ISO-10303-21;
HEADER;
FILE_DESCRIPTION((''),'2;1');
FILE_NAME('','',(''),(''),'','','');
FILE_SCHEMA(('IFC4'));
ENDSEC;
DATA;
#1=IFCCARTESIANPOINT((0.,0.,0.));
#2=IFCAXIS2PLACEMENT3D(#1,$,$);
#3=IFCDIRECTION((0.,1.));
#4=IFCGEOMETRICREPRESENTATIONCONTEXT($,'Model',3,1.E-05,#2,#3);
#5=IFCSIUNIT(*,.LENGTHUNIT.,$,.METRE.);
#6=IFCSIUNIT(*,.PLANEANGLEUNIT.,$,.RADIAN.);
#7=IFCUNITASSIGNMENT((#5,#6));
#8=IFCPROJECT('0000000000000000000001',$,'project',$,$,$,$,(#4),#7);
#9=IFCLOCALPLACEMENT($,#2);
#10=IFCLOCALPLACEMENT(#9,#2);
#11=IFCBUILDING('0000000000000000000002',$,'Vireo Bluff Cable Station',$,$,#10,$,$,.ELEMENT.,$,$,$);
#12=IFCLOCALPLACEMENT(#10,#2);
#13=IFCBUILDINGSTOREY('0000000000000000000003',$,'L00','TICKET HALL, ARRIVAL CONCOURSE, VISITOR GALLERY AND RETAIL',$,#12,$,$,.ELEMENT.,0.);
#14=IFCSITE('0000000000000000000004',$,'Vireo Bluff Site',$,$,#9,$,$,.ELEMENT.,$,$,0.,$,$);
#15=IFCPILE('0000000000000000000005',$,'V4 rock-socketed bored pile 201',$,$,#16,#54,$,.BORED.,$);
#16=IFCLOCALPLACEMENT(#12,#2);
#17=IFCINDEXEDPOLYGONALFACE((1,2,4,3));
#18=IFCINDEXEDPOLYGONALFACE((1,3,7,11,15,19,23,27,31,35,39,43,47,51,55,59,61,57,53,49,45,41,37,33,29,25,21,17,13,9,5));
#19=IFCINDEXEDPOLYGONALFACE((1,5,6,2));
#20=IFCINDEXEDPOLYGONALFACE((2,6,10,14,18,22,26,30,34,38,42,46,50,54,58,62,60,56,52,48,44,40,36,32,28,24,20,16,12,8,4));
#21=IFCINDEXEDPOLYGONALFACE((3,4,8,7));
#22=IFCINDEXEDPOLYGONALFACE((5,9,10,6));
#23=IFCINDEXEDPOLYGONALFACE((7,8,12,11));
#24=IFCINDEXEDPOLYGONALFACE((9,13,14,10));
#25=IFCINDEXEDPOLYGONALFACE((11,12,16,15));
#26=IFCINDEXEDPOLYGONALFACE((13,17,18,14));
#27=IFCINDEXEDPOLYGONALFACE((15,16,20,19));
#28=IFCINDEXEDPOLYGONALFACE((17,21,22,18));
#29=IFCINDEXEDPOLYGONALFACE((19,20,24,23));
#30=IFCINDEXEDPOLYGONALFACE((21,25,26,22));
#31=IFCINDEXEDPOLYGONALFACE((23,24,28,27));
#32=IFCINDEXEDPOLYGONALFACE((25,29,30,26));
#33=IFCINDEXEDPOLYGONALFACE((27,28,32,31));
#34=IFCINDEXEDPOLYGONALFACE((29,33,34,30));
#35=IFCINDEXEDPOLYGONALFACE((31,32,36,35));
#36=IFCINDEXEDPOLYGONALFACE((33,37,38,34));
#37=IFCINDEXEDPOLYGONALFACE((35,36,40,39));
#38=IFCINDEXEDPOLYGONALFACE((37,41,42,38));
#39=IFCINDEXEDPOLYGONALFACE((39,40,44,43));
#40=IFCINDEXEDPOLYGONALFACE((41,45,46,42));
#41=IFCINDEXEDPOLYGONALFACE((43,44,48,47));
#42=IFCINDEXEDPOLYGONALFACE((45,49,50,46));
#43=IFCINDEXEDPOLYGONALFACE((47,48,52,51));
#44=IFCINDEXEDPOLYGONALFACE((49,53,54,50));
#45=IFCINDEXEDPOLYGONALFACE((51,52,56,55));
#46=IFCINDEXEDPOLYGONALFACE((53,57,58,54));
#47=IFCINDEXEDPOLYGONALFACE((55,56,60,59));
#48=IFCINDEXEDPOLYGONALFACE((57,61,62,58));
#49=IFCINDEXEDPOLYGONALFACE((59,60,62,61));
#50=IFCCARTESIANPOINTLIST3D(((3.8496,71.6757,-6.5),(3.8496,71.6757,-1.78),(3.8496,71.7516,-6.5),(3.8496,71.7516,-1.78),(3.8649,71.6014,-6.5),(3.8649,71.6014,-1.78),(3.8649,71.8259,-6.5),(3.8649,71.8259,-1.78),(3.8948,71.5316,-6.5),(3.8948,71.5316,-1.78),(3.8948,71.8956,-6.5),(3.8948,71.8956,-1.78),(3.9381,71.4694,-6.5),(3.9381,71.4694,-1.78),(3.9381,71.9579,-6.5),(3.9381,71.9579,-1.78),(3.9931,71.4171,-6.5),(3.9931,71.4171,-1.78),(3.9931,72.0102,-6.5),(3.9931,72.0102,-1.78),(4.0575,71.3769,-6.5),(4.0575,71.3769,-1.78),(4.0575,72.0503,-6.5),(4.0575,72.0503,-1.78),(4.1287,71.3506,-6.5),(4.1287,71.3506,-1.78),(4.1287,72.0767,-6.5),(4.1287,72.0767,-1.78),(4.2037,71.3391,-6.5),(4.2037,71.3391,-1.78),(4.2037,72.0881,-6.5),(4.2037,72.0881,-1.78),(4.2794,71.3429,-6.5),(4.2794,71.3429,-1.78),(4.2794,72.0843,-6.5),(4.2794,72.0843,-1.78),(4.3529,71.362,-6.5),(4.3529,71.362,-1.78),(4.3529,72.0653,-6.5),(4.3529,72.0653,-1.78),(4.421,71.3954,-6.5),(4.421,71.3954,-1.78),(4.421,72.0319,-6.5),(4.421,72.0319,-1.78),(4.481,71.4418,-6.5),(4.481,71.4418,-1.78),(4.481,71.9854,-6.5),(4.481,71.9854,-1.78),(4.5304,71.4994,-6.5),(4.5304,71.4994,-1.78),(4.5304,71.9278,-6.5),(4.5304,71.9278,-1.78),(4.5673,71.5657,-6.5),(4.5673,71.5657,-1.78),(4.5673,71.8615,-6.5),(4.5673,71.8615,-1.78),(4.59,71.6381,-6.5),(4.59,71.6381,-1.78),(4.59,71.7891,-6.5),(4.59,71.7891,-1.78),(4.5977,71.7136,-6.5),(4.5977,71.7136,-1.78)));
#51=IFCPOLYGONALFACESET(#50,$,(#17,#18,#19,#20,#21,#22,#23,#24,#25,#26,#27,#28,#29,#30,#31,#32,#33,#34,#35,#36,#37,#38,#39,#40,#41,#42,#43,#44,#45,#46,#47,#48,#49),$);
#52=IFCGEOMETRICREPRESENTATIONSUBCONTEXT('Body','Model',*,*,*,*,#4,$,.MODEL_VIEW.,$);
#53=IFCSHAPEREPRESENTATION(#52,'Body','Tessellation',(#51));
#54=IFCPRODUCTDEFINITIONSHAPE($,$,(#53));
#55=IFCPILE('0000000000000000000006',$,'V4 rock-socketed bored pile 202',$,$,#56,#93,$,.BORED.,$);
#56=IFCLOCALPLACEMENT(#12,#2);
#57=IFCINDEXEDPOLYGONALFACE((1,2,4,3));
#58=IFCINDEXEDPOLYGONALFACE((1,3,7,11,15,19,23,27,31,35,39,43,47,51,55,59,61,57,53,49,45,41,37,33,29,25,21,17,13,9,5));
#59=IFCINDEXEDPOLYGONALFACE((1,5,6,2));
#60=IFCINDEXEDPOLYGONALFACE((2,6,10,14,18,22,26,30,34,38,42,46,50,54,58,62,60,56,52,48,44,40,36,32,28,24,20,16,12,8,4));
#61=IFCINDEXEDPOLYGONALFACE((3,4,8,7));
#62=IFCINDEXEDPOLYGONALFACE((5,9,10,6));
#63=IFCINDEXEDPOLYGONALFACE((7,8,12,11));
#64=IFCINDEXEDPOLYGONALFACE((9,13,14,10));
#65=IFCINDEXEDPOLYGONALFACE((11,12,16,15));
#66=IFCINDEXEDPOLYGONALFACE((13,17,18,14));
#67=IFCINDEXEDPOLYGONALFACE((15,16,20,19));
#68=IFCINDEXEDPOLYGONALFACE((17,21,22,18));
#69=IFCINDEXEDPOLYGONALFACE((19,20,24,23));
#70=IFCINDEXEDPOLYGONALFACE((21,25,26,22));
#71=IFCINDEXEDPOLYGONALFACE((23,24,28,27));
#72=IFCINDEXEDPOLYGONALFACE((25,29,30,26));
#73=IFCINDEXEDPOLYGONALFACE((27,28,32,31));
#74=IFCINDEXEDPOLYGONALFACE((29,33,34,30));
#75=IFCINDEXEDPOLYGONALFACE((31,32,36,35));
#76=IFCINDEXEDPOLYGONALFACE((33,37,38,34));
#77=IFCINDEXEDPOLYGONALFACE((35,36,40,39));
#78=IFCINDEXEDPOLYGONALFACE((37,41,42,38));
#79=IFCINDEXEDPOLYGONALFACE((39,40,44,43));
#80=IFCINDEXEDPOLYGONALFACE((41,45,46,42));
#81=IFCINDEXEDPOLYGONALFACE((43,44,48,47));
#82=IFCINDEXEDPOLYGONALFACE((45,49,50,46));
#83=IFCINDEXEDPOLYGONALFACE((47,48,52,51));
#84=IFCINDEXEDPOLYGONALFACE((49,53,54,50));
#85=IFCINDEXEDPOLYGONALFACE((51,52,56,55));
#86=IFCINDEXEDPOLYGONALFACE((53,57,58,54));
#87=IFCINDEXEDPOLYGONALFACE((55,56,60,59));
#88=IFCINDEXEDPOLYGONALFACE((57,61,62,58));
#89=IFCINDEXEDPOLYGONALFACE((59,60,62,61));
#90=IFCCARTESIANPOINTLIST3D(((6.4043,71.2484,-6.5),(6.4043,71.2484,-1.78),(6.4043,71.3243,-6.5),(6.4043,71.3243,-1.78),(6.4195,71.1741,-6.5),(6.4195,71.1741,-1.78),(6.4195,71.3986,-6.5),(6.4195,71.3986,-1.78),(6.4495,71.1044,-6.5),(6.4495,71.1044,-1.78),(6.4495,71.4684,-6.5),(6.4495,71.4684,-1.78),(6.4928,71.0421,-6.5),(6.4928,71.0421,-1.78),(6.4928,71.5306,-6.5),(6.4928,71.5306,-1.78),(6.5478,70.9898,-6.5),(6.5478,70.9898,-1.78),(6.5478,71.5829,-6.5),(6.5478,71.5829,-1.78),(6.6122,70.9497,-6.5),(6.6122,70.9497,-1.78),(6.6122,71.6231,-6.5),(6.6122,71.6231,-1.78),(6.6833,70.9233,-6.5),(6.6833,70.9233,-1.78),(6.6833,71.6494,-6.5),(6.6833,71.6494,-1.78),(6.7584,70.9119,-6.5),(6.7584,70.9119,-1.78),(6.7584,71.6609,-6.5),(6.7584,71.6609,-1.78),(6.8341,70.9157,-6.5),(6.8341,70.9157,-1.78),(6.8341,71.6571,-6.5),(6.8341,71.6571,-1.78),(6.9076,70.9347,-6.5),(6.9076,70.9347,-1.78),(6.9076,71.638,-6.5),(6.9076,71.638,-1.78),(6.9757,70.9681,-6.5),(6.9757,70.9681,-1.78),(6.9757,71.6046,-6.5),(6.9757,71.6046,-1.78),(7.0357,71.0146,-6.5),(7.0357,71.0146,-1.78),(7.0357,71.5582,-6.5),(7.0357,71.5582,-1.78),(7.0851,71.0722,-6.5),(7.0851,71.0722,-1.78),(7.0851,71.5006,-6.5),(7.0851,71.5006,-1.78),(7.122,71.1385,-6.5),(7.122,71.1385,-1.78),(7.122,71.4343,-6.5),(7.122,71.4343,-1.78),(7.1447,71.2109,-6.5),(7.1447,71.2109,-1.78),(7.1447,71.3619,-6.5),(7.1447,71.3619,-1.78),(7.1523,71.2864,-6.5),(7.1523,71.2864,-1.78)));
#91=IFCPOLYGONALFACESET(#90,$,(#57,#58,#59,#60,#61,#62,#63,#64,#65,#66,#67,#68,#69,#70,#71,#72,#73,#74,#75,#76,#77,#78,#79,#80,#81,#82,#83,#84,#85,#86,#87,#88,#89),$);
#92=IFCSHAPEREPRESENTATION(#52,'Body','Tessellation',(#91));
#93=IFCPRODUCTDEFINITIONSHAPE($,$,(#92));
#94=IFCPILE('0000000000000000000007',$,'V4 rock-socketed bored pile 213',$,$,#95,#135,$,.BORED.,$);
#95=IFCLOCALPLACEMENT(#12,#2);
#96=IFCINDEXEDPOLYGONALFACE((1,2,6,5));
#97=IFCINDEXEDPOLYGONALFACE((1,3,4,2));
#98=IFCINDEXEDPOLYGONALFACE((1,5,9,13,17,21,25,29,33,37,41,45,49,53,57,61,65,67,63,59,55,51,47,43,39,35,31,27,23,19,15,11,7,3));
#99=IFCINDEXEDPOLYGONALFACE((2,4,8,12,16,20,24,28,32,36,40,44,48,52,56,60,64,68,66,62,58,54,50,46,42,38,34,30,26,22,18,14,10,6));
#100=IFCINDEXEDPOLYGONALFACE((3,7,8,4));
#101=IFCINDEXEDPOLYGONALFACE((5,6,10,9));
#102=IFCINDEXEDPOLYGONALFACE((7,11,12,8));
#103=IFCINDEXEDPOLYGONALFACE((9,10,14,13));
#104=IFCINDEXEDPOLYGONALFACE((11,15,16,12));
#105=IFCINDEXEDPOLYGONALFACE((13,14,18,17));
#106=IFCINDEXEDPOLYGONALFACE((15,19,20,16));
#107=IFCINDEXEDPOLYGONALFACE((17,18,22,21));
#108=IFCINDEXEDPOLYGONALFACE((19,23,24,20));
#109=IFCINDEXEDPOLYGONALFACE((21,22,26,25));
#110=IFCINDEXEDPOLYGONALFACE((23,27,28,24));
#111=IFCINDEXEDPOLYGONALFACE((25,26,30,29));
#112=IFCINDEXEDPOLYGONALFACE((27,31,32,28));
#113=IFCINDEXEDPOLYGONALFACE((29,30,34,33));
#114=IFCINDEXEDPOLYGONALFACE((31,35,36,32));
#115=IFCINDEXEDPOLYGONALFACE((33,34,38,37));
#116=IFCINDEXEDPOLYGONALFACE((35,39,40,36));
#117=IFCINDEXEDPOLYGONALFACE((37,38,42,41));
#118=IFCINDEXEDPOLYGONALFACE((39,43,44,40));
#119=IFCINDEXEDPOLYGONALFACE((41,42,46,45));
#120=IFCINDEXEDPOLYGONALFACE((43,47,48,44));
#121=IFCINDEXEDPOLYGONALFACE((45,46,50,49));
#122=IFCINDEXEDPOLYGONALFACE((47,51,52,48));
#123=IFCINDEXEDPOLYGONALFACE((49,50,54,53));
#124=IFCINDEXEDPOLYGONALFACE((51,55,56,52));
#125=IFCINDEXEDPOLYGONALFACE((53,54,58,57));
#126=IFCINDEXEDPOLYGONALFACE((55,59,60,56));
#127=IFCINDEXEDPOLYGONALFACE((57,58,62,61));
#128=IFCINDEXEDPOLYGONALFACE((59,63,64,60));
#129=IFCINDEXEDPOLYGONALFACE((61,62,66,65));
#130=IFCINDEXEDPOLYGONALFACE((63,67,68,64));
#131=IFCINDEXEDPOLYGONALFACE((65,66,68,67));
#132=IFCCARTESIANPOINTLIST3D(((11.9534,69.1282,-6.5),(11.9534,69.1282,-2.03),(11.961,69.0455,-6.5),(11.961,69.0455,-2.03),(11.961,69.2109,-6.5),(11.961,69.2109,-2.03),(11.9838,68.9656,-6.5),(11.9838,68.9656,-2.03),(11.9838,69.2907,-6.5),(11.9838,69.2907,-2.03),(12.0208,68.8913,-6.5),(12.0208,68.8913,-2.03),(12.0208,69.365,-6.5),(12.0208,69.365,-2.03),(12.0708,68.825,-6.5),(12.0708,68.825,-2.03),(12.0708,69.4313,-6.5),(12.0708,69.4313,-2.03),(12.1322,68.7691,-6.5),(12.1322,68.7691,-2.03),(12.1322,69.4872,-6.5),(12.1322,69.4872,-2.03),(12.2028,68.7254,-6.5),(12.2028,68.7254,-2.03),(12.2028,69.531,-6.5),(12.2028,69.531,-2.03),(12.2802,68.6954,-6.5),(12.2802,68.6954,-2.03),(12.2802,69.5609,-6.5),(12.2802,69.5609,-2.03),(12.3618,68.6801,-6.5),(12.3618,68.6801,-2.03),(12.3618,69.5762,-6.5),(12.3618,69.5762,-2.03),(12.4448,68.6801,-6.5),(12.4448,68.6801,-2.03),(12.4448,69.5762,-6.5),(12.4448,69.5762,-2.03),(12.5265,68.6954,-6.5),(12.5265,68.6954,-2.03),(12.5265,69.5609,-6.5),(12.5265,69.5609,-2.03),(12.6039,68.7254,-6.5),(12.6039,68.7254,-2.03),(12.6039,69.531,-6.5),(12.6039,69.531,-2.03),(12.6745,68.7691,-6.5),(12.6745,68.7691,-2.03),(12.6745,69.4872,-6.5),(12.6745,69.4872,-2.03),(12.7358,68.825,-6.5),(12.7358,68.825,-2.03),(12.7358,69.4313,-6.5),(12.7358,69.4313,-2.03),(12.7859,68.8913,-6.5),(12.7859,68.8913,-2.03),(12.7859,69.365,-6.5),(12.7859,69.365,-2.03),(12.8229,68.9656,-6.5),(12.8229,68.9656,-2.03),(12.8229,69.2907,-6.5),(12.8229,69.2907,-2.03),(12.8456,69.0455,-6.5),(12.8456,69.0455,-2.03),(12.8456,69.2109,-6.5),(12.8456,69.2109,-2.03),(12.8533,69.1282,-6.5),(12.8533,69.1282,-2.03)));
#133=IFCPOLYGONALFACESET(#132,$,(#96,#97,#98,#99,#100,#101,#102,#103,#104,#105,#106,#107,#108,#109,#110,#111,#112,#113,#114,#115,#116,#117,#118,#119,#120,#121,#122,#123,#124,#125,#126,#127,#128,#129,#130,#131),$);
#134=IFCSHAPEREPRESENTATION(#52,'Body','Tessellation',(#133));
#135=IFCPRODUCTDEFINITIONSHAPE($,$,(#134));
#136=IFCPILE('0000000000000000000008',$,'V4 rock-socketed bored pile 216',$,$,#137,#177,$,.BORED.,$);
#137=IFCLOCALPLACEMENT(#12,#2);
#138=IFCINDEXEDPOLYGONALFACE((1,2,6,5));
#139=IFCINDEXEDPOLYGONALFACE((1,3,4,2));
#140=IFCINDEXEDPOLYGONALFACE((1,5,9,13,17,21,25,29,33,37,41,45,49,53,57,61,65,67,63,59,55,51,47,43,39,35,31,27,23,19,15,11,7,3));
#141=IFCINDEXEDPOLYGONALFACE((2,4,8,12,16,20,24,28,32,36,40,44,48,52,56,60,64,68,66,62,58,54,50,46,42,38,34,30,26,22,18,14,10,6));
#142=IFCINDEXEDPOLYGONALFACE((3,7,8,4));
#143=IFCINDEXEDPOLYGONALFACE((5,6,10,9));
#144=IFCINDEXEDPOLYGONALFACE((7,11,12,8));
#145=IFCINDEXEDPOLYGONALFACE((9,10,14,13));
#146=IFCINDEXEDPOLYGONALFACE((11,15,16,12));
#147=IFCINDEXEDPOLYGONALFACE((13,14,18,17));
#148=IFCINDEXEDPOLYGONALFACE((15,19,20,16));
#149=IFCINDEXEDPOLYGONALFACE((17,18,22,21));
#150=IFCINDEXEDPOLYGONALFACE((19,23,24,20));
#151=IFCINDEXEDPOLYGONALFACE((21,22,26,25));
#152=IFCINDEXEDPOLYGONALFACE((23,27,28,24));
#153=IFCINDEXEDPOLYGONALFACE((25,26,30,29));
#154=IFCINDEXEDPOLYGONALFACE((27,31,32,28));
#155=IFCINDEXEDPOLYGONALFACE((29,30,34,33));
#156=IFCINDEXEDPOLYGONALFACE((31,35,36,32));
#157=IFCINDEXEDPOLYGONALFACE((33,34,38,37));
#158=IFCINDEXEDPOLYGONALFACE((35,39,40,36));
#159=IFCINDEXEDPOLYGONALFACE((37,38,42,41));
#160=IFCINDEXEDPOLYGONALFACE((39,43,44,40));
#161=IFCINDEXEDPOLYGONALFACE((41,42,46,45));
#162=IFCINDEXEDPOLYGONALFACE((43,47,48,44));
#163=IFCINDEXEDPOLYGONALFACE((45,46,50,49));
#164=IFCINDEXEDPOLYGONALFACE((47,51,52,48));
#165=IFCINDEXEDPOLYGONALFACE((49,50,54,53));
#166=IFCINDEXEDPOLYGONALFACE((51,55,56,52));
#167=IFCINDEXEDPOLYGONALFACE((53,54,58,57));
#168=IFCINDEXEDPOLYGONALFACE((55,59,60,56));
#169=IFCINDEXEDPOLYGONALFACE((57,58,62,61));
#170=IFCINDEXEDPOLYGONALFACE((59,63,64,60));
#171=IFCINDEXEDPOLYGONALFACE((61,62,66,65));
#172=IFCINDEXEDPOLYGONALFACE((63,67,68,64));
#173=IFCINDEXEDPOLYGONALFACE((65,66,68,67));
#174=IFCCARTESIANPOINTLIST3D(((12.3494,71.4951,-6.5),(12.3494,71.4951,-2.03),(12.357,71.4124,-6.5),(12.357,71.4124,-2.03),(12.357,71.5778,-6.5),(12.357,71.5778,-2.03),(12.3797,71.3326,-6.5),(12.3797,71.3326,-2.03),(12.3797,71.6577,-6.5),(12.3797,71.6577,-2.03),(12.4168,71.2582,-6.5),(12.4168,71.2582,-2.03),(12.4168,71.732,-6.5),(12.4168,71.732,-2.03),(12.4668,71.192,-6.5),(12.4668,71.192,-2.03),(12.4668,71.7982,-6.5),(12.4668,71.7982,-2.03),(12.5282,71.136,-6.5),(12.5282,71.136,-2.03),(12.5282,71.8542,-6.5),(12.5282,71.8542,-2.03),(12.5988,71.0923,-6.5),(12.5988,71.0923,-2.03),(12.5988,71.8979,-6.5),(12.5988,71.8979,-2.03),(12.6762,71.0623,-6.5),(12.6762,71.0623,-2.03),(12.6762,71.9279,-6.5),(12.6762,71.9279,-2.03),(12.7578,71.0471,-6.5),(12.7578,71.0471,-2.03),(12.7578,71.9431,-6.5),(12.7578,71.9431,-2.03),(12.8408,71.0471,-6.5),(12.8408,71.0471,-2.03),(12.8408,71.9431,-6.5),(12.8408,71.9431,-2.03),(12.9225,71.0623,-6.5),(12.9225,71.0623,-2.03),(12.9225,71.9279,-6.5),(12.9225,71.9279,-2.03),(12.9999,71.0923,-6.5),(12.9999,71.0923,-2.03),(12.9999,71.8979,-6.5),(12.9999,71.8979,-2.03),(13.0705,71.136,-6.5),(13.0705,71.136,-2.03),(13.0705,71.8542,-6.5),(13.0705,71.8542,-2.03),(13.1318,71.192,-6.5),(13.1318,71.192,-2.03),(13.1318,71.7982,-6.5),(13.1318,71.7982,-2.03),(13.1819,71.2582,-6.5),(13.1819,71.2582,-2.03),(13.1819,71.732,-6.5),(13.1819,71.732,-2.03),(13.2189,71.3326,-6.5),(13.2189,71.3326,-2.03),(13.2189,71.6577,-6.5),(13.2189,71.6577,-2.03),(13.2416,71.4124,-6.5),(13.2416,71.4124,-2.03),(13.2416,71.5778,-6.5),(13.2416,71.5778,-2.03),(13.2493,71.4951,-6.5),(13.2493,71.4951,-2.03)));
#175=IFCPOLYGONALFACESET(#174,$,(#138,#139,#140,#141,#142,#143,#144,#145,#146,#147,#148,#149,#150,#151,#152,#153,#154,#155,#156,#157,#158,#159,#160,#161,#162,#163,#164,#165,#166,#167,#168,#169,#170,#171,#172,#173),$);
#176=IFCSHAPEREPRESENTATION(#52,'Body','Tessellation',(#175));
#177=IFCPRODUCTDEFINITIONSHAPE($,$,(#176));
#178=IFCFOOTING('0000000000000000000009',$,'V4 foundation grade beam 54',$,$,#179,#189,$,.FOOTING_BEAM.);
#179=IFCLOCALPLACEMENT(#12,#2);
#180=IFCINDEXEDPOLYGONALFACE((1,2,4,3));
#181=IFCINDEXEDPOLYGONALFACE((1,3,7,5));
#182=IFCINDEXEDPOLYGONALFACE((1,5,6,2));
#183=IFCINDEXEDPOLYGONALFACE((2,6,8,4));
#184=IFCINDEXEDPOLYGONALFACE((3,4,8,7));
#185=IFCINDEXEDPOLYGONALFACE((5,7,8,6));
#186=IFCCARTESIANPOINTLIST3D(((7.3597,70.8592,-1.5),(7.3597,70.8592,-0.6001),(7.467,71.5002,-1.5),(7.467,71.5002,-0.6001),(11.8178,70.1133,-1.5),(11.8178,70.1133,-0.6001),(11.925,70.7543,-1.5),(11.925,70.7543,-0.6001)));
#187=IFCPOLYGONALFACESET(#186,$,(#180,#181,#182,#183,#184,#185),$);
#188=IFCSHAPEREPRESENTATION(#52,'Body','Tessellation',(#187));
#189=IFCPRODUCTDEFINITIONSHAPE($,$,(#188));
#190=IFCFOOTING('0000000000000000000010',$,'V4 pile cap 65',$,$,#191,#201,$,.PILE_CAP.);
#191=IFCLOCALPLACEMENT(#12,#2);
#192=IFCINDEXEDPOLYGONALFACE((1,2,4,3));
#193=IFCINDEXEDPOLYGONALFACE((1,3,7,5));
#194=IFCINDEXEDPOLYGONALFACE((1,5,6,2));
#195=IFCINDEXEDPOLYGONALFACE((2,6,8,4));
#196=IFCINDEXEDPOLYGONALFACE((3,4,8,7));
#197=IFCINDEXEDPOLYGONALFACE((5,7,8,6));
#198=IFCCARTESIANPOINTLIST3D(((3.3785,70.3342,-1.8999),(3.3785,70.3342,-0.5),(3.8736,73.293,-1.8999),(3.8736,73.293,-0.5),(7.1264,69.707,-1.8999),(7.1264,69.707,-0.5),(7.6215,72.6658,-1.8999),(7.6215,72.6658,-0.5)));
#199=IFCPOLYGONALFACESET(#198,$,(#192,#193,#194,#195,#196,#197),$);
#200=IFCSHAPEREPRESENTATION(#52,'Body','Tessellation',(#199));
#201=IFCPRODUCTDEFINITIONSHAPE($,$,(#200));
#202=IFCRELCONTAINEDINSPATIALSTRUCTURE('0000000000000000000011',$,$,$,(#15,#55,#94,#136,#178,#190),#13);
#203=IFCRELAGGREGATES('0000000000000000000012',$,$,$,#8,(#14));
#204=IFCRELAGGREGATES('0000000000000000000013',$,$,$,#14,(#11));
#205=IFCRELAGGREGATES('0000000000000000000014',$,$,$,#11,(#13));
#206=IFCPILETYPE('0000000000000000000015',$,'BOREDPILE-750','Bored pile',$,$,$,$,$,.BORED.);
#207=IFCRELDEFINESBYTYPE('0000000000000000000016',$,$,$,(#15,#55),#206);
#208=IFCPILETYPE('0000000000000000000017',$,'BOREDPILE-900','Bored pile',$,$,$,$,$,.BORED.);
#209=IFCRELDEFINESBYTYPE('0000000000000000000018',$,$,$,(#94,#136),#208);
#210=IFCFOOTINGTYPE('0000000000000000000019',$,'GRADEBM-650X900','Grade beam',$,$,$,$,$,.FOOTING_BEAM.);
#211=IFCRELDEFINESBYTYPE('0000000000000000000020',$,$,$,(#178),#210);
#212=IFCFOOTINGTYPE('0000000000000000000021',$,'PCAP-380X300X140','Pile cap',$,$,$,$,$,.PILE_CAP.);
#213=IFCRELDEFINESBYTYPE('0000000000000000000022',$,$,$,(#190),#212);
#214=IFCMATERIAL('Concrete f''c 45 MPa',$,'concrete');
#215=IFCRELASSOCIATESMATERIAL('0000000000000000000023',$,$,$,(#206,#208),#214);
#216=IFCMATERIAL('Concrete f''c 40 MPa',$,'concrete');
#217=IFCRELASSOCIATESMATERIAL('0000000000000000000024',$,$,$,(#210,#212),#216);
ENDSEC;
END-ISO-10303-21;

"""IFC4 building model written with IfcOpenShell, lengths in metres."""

from ifc_helpers import new_model, si_unit, direction, frame, origin, origin_2d, place, context, subcontext, project, spatial, rectangle, circle, extrude, material, material_profile, profile_set, type_object, element, save


model = new_model("IFC4")

# Units and contexts
model_context = context("Model", 3, precision=1e-05, world=origin(), true_north=direction((0.0, 1.0)))
body_context = subcontext(model_context, "Body", "Model", "MODEL_VIEW")
ifc_project = project(units=[si_unit("LENGTHUNIT", "METRE"), si_unit("PLANEANGLEUNIT", "RADIAN")], contexts=[model_context])

# Site, building, storey
site_placement = place(None, origin())
site = spatial("IfcSite", under=ifc_project, at=site_placement, Name="Vireo Bluff Site", CompositionType="ELEMENT", RefElevation=0.0)
building_placement = place(site_placement, origin())
building = spatial("IfcBuilding", under=site, at=building_placement, Name="Vireo Bluff Cable Station", CompositionType="ELEMENT")
storey_placement = place(building_placement, origin())
storey = spatial("IfcBuildingStorey", under=building, at=storey_placement, Name="L00", Description="TICKET HALL, ARRIVAL CONCOURSE, VISITOR GALLERY AND RETAIL", CompositionType="ELEMENT", Elevation=0.0)

# Piles
ifc_material_1 = material(Name="Concrete f'c 45 MPa", Category="concrete")
ifc_material_profile_1 = material_profile(ifc_material_1, circle(Radius=0.375, at=origin_2d()), Name="BOREDPILE-750")
ifc_profile_set_1 = profile_set([ifc_material_profile_1], Name="Concrete f'c 45 MPa")
pile_type_1 = type_object("IfcPileType", Name="BOREDPILE-750", Description="Bored pile", PredefinedType="BORED", material=ifc_profile_set_1)
for number, where, z_axis, x_axis, name in (
    (1, (4.2227, 71.7136, -1.78), (0.0, 0.0, -1.0), (1.0, 0.0, 0.0), "V4 rock-socketed bored pile 201"),
    (2, (6.7773, 71.2864, -1.78), (0.0, 0.0, -1.0), (1.0, 0.0, 0.0), "V4 rock-socketed bored pile 202"),
):
    element("IfcPile", number, at=place(storey_placement, frame(where, z_axis=z_axis, x_axis=x_axis)), inside=storey, type_object=pile_type_1, Name=name, PredefinedType="BORED", context=body_context, shape_type="SweptSolid", body=[
        extrude(circle(Radius=0.375, at=origin_2d()), origin(), (0.0, 0.0, 1.0), 4.72),
    ])
ifc_material_profile_2 = material_profile(ifc_material_1, circle(Radius=0.45, at=origin_2d()), Name="BOREDPILE-900")
ifc_profile_set_2 = profile_set([ifc_material_profile_2], Name="Concrete f'c 45 MPa")
pile_type_2 = type_object("IfcPileType", Name="BOREDPILE-900", Description="Bored pile", PredefinedType="BORED", material=ifc_profile_set_2)
for number, where, z_axis, x_axis, name in (
    (3, (12.4033, 69.1282, -2.03), (0.0, 0.0, -1.0), (1.0, 0.0, 0.0), "V4 rock-socketed bored pile 213"),
    (4, (12.7993, 71.4951, -2.03), (0.0, 0.0, -1.0), (1.0, 0.0, 0.0), "V4 rock-socketed bored pile 216"),
):
    element("IfcPile", number, at=place(storey_placement, frame(where, z_axis=z_axis, x_axis=x_axis)), inside=storey, type_object=pile_type_2, Name=name, PredefinedType="BORED", context=body_context, shape_type="SweptSolid", body=[
        extrude(circle(Radius=0.45, at=origin_2d()), origin(), (0.0, 0.0, 1.0), 4.47),
    ])

# Footings
ifc_material_2 = material(Name="Concrete f'c 40 MPa", Category="concrete")
ifc_material_profile_3 = material_profile(ifc_material_2, rectangle(XDim=0.6499, YDim=0.8999, at=origin_2d()), Name="GRADEBM-650X900")
ifc_profile_set_3 = profile_set([ifc_material_profile_3], Name="Concrete f'c 40 MPa")
footing_type_1 = type_object("IfcFootingType", Name="GRADEBM-650X900", Description="Grade beam", PredefinedType="FOOTING_BEAM", material=ifc_profile_set_3)
footing_1_placement = place(storey_placement, frame((7.4133, 71.1797, -1.05), z_axis=(0.986292, -0.165012, 0.0), x_axis=(0.165012, 0.986292, 0.0)))
element("IfcFooting", 5, at=footing_1_placement, inside=storey, type_object=footing_type_1, Name="V4 foundation grade beam 54", PredefinedType="FOOTING_BEAM", context=body_context, shape_type="SweptSolid", body=[
    extrude(rectangle(XDim=0.6499, YDim=0.8999, at=origin_2d()), origin(), (0.0, 0.0, 1.0), 4.52),
])
footing_type_2 = type_object("IfcFootingType", Name="PCAP-380X300X140", Description="Pile cap", PredefinedType="PILE_CAP", material=ifc_material_2)
footing_2_placement = place(storey_placement, frame((5.5, 71.5, -1.8999), z_axis=(0.0, 0.0, 1.0), x_axis=(0.986286, -0.165048, 0.0)))
element("IfcFooting", 6, at=footing_2_placement, inside=storey, type_object=footing_type_2, Name="V4 pile cap 65", PredefinedType="PILE_CAP", context=body_context, shape_type="SweptSolid", body=[
    extrude(rectangle(XDim=3.8, YDim=3.0, at=origin_2d()), origin(), (0.0, 0.0, 1.0), 1.3999),
])

save(model, "model.ifc")
